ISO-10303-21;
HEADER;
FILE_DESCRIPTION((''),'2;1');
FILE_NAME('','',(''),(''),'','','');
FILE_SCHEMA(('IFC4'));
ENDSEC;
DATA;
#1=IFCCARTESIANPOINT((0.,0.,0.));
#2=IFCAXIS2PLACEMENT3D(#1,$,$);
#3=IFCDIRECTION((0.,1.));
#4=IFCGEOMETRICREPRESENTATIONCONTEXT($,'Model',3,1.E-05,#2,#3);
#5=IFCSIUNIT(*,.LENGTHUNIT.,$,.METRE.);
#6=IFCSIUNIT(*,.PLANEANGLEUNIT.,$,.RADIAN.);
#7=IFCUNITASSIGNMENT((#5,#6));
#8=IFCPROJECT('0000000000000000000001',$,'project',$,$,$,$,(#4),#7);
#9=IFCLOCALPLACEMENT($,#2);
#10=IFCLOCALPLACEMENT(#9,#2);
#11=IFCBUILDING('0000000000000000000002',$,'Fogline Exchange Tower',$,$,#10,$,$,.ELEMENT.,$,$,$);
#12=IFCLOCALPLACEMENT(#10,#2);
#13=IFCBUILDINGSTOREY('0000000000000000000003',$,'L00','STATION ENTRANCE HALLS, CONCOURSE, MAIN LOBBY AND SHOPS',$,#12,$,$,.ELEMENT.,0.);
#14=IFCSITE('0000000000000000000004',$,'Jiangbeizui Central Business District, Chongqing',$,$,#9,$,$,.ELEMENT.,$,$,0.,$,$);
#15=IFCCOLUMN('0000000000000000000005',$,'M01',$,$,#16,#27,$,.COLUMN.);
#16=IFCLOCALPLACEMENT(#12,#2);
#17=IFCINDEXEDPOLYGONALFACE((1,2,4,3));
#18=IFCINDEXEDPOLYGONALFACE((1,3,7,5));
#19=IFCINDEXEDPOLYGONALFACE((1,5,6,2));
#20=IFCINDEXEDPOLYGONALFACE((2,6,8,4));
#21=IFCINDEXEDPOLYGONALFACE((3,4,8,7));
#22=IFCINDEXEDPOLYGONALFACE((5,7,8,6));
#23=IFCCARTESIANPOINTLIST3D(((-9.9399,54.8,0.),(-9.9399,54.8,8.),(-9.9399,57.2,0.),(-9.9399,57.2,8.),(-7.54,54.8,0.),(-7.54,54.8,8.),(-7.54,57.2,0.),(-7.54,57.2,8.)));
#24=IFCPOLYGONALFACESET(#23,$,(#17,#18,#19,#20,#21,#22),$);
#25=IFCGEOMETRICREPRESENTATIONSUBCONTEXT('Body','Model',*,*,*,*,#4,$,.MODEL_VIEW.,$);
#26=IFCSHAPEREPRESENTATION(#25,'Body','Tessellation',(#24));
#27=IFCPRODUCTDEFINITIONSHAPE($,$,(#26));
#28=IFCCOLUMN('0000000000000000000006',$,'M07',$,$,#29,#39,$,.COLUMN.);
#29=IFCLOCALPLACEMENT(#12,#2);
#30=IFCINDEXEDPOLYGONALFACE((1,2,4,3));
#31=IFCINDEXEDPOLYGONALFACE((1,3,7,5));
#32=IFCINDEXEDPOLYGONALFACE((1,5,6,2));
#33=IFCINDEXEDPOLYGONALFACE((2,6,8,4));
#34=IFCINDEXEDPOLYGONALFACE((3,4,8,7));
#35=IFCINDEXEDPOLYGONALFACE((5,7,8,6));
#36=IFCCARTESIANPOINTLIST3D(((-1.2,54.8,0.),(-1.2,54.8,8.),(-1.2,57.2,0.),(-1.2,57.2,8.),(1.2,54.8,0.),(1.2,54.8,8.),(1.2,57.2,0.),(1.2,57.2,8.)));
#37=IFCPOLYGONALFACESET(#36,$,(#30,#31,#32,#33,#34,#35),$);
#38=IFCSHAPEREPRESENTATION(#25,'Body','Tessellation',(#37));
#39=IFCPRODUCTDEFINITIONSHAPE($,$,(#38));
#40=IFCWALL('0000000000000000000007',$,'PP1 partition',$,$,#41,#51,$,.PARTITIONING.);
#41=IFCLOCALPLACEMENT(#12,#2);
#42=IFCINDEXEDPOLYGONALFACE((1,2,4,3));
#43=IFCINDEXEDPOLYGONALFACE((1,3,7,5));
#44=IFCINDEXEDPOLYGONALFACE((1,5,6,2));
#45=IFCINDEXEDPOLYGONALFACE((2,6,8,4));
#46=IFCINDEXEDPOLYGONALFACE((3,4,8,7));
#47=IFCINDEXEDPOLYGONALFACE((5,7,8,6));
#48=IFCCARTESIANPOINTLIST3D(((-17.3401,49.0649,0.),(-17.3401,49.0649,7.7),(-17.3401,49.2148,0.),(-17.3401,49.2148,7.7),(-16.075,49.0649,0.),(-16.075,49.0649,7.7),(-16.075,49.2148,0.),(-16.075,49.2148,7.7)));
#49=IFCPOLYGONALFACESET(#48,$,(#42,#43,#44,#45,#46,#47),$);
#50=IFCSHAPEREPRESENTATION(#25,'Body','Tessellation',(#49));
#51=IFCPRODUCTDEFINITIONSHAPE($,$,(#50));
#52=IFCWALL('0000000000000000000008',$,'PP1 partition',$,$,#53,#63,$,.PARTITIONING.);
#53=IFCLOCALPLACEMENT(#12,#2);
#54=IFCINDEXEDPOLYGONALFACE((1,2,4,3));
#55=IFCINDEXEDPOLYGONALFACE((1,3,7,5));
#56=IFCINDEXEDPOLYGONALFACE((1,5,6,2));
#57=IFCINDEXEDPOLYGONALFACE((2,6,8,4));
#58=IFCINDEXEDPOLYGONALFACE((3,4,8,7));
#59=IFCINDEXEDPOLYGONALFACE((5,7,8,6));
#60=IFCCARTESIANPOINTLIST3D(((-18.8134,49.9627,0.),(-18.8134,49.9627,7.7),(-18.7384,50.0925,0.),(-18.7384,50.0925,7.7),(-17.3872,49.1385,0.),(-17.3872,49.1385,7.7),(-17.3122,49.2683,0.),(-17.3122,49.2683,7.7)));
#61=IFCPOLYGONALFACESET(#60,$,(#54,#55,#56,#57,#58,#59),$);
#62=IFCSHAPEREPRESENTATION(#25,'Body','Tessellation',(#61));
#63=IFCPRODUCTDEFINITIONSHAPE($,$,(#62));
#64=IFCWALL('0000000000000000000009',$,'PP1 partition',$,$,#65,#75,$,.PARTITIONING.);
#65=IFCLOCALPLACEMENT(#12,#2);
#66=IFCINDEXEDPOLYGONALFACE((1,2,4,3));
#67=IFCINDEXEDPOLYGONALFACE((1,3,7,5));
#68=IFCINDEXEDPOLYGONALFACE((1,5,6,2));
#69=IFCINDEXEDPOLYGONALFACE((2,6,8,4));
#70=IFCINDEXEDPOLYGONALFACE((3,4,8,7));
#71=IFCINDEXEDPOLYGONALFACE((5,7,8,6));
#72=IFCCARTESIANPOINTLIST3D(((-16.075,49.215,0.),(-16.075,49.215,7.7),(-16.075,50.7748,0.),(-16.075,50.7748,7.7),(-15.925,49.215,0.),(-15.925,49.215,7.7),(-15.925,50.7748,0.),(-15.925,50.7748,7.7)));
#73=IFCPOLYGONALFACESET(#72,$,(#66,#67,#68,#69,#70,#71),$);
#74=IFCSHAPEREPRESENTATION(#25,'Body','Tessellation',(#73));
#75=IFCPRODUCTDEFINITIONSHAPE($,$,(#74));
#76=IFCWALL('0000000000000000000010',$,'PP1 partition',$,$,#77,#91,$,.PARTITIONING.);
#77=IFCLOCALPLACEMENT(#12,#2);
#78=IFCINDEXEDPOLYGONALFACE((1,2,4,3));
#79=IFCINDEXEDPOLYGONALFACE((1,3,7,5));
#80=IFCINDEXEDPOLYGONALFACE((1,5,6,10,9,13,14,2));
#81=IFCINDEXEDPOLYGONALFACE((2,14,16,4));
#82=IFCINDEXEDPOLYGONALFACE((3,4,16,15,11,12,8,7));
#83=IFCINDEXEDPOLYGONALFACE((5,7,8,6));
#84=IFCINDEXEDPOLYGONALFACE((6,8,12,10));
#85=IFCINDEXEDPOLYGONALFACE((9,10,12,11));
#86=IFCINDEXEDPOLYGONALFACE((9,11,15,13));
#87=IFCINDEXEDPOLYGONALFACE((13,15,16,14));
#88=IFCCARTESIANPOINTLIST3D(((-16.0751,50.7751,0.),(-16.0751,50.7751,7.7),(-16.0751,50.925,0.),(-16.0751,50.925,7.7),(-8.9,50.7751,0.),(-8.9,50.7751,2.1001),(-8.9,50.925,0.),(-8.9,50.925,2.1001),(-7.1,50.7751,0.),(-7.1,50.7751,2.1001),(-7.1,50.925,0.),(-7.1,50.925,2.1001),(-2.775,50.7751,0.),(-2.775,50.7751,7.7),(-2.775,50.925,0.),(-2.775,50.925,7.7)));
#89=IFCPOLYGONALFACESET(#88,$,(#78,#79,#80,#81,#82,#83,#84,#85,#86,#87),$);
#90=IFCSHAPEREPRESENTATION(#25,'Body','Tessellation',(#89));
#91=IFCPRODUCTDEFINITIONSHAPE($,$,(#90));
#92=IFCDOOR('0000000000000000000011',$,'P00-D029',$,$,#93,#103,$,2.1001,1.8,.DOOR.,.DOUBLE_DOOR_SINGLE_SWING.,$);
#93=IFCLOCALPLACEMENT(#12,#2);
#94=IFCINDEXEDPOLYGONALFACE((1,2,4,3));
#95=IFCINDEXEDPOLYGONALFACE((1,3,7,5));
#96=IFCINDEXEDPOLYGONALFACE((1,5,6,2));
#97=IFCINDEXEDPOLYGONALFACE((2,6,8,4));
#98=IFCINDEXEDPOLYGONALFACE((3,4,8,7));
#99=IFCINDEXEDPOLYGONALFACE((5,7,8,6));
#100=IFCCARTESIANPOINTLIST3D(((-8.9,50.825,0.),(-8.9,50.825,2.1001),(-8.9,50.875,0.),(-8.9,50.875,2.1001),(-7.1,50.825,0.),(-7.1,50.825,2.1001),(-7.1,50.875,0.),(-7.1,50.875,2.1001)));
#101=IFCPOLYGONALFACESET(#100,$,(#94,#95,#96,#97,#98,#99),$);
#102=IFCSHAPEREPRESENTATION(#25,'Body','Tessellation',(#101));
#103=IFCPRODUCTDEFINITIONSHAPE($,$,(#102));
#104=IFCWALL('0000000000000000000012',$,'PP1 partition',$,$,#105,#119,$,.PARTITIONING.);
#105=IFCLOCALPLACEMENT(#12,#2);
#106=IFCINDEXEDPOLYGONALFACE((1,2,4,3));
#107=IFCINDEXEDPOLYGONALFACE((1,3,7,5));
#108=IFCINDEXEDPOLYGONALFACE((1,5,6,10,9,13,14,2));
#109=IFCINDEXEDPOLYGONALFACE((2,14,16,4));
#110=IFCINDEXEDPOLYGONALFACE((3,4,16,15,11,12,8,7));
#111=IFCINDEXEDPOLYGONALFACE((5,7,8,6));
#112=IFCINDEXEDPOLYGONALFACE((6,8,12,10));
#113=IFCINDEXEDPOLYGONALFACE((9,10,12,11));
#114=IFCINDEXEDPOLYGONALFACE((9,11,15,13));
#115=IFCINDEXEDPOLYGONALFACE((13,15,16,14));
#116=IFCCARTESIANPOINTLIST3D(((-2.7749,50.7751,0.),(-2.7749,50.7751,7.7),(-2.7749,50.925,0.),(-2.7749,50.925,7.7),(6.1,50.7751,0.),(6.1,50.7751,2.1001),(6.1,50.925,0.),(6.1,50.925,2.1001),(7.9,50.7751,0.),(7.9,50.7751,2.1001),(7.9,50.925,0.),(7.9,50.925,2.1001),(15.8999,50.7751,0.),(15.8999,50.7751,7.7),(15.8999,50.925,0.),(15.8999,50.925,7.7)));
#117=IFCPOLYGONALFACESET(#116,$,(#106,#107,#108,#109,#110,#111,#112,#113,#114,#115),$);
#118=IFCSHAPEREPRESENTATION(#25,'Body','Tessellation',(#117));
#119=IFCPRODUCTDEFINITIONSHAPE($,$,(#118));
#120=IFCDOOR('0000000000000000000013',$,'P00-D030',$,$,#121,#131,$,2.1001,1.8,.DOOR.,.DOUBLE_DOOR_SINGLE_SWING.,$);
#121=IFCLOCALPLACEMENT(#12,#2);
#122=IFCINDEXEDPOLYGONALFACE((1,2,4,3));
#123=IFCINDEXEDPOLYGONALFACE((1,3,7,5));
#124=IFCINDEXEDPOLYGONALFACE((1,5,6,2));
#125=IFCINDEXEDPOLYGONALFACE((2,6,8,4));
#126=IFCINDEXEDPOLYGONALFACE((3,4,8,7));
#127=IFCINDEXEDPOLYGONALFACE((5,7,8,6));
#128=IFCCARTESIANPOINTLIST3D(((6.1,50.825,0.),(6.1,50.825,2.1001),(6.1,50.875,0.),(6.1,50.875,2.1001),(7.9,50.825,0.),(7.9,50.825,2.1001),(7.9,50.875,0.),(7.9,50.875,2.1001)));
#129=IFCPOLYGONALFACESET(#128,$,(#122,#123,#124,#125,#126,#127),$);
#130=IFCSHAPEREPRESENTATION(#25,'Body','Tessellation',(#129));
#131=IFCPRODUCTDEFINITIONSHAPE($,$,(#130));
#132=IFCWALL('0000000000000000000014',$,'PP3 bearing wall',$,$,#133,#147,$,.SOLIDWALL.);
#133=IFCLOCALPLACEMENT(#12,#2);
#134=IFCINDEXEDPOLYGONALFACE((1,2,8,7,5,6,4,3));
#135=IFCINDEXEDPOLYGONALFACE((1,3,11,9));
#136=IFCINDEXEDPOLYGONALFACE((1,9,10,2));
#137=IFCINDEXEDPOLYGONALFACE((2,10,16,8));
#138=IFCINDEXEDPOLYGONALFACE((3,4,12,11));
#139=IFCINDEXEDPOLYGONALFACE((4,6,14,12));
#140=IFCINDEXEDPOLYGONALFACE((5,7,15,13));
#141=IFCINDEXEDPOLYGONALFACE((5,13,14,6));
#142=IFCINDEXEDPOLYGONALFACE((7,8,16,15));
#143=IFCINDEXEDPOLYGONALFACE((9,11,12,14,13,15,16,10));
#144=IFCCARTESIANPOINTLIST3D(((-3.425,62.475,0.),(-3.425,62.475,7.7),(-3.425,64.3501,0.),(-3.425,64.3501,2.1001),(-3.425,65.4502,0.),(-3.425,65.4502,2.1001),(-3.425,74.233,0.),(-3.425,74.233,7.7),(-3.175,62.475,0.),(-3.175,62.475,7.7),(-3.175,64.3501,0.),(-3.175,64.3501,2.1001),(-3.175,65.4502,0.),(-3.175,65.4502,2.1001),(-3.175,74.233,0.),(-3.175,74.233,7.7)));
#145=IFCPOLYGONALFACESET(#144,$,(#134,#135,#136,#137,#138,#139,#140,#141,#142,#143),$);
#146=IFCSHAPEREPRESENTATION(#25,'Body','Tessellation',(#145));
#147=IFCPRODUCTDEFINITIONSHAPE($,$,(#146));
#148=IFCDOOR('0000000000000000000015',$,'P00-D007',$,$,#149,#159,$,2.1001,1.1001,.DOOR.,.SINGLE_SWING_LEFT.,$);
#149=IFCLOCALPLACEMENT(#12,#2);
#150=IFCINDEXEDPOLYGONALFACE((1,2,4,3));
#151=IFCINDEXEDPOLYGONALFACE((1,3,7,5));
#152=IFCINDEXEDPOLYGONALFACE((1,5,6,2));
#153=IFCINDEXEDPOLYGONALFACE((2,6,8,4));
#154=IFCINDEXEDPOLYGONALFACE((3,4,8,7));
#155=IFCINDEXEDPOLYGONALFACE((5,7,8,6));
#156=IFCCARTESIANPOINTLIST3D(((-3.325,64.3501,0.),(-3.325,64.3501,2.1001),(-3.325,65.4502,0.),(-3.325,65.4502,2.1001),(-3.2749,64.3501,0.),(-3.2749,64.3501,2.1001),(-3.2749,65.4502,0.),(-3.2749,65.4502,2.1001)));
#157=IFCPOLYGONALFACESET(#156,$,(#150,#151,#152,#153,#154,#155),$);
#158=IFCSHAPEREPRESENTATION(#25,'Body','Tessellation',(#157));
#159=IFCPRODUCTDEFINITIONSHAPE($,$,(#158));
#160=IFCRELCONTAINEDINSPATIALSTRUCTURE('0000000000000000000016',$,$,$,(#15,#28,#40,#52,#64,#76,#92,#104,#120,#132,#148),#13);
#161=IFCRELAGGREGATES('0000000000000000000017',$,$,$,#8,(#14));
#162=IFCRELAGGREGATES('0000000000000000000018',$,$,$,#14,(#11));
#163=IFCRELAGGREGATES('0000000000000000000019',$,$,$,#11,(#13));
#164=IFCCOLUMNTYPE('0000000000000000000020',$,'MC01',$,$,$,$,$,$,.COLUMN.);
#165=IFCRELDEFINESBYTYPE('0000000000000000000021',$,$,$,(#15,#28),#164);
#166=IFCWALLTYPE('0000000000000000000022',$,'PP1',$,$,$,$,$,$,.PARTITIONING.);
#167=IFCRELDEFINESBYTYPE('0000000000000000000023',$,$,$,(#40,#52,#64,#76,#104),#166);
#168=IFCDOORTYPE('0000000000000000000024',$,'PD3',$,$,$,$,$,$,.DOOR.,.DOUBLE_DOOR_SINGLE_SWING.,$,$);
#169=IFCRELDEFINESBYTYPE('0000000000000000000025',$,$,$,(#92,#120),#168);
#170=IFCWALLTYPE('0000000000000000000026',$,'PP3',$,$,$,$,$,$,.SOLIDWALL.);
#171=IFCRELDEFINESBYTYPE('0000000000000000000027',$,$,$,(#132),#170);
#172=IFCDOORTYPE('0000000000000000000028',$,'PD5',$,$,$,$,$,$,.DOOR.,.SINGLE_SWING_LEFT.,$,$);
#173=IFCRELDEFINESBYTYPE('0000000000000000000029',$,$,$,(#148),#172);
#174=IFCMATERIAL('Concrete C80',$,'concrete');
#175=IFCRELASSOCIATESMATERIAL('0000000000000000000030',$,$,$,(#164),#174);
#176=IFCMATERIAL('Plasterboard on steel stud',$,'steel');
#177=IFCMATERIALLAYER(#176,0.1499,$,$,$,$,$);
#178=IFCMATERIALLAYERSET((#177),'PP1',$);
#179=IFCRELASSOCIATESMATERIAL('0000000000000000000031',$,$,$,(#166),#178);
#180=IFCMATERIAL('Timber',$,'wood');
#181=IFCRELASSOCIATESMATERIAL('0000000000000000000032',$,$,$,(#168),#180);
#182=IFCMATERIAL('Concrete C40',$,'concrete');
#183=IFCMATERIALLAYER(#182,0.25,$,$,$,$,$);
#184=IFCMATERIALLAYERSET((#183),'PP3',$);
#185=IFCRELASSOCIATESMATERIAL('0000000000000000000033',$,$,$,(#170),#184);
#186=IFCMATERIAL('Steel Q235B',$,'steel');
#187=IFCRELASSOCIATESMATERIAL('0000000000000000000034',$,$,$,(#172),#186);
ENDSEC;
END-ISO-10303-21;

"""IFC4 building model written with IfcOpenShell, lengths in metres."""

from ifc_helpers import new_model, si_unit, direction, frame, frame_2d, origin, origin_2d, place, context, subcontext, project, spatial, rectangle, extrude, material, layer, layer_set, material_profile, profile_set, type_object, element, fill, save


model = new_model("IFC4")

# Units and contexts
model_context = context("Model", 3, precision=1e-05, world=origin(), true_north=direction((0.0, 1.0)))
body_context = subcontext(model_context, "Body", "Model", "MODEL_VIEW")
ifc_project = project(units=[si_unit("LENGTHUNIT", "METRE"), si_unit("PLANEANGLEUNIT", "RADIAN")], contexts=[model_context])

# Site, building, storey
site_placement = place(None, origin())
site = spatial("IfcSite", under=ifc_project, at=site_placement, Name="Jiangbeizui Central Business District, Chongqing", CompositionType="ELEMENT", RefElevation=0.0)
building_placement = place(site_placement, origin())
building = spatial("IfcBuilding", under=site, at=building_placement, Name="Fogline Exchange Tower", CompositionType="ELEMENT")
storey_placement = place(building_placement, origin())
storey = spatial("IfcBuildingStorey", under=building, at=storey_placement, Name="L00", Description="STATION ENTRANCE HALLS, CONCOURSE, MAIN LOBBY AND SHOPS", CompositionType="ELEMENT", Elevation=0.0)

# Columns
ifc_material_1 = material(Name="Concrete C80", Category="concrete")
ifc_material_profile = material_profile(ifc_material_1, rectangle(XDim=2.3999, YDim=2.3999, at=origin_2d()), Name="RC 2400x2400")
ifc_profile_set = profile_set([ifc_material_profile], Name="Concrete C80")
column_type = type_object("IfcColumnType", Name="MC01", PredefinedType="COLUMN", material=ifc_profile_set)
for number, where, z_axis, x_axis, name in (
    (1, (-8.74, 56.0, 0.0), (0.0, 0.0, 1.0), (1.0, 0.0, 0.0), "M01"),
    (2, (0.0, 56.0, 0.0), (0.0, 0.0, 1.0), (1.0, 0.0, 0.0), "M07"),
):
    element("IfcColumn", number, at=place(storey_placement, frame(where, z_axis=z_axis, x_axis=x_axis)), inside=storey, type_object=column_type, Name=name, PredefinedType="COLUMN", context=body_context, shape_type="SweptSolid", body=[
        extrude(rectangle(XDim=2.3999, YDim=2.3999, at=origin_2d()), origin(), (0.0, 0.0, 1.0), 8.0),
    ])

# Walls
ifc_material_2 = material(Name="Plasterboard on steel stud", Category="steel")
ifc_layer_1 = layer(ifc_material_2, 0.1499)
ifc_layer_set_1 = layer_set([ifc_layer_1], Name="PP1")
wall_type_1 = type_object("IfcWallType", Name="PP1", PredefinedType="PARTITIONING", material=ifc_layer_set_1)
wall_1_placement = place(storey_placement, frame((-16.075, 49.1399, 0.0), z_axis=(0.0, 0.0, 1.0), x_axis=(-1.0, 0.0, 0.0)))
element("IfcWall", 3, at=wall_1_placement, inside=storey, type_object=wall_type_1, Name="PP1 partition", PredefinedType="PARTITIONING", context=body_context, shape_type="SweptSolid", body=[
    extrude(rectangle(XDim=1.2651, YDim=0.1499, at=frame_2d((0.6326, 0.0))), origin(), (0.0, 0.0, 1.0), 7.7),
])
wall_2_placement = place(storey_placement, frame((-17.3496, 49.2034, 0.0), z_axis=(0.0, 0.0, 1.0), x_axis=(-0.865825, 0.500347, 0.0)))
element("IfcWall", 4, at=wall_2_placement, inside=storey, type_object=wall_type_1, Name="PP1 partition", PredefinedType="PARTITIONING", context=body_context, shape_type="SweptSolid", body=[
    extrude(rectangle(XDim=1.6472, YDim=0.1499, at=frame_2d((0.8237, 0.0))), origin(), (0.0, 0.0, 1.0), 7.7),
])
wall_3_placement = place(storey_placement, frame((-16.0, 49.2151, 0.0), z_axis=(0.0, 0.0, 1.0), x_axis=(0.0, 1.0, 0.0)))
element("IfcWall", 5, at=wall_3_placement, inside=storey, type_object=wall_type_1, Name="PP1 partition", PredefinedType="PARTITIONING", context=body_context, shape_type="SweptSolid", body=[
    extrude(rectangle(XDim=1.5598, YDim=0.1499, at=frame_2d((0.7798, 0.0))), origin(), (0.0, 0.0, 1.0), 7.7),
])

# Walls, openings, doors
wall_4_placement = place(storey_placement, frame((-16.075, 50.8501, 0.0), z_axis=(0.0, 0.0, 1.0), x_axis=(1.0, 0.0, 0.0)))
wall_4 = element("IfcWall", 6, at=wall_4_placement, inside=storey, type_object=wall_type_1, Name="PP1 partition", PredefinedType="PARTITIONING", context=body_context, shape_type="SweptSolid", body=[
    extrude(rectangle(XDim=13.3, YDim=0.1499, at=frame_2d((6.6499, 0.0))), origin(), (0.0, 0.0, 1.0), 7.7),
])
opening_1_placement = place(wall_4_placement, frame((7.175, 0.0, 0.0)))
opening_1 = element("IfcOpeningElement", 7, at=opening_1_placement, cuts=wall_4, PredefinedType="OPENING", context=body_context, shape_type="SweptSolid", body=[
    extrude(rectangle(XDim=1.8, YDim=2.1001, at=frame_2d((0.8999, 1.05))), frame((0.0, 0.085, 0.0), z_axis=(0.0, -1.0, 0.0), x_axis=(1.0, 0.0, 0.0)), (0.0, 0.0, 1.0), 0.1699),
])
ifc_material_3 = material(Name="Timber", Category="wood")
door_type_1 = type_object("IfcDoorType", Name="PD3", OperationType="DOUBLE_DOOR_SINGLE_SWING", PredefinedType="DOOR", material=ifc_material_3)
door_1_placement = place(opening_1_placement, origin())
door_1 = element("IfcDoor", 8, at=door_1_placement, inside=storey, type_object=door_type_1, Name="P00-D029", OperationType="DOUBLE_DOOR_SINGLE_SWING", OverallHeight=2.1001, OverallWidth=1.8, PredefinedType="DOOR", context=body_context, shape_type="SweptSolid", body=[
    extrude(rectangle(XDim=1.8, YDim=2.1001, at=frame_2d((0.8999, 1.05))), frame((0.0, 0.0249, 0.0), z_axis=(0.0, -1.0, 0.0), x_axis=(1.0, 0.0, 0.0)), (0.0, 0.0, 1.0), 0.05),
])
fill(opening_1, door_1)
wall_5_placement = place(storey_placement, frame((-2.7749, 50.8501, 0.0), z_axis=(0.0, 0.0, 1.0), x_axis=(1.0, 0.0, 0.0)))
wall_5 = element("IfcWall", 9, at=wall_5_placement, inside=storey, type_object=wall_type_1, Name="PP1 partition", PredefinedType="PARTITIONING", context=body_context, shape_type="SweptSolid", body=[
    extrude(rectangle(XDim=18.6748, YDim=0.1499, at=frame_2d((9.3374, 0.0))), origin(), (0.0, 0.0, 1.0), 7.7),
])
opening_2_placement = place(wall_5_placement, frame((8.875, 0.0, 0.0)))
opening_2 = element("IfcOpeningElement", 10, at=opening_2_placement, cuts=wall_5, PredefinedType="OPENING", context=body_context, shape_type="SweptSolid", body=[
    extrude(rectangle(XDim=1.8, YDim=2.1001, at=frame_2d((0.8999, 1.05))), frame((0.0, 0.085, 0.0), z_axis=(0.0, -1.0, 0.0), x_axis=(1.0, 0.0, 0.0)), (0.0, 0.0, 1.0), 0.1699),
])
door_2_placement = place(opening_2_placement, origin())
door_2 = element("IfcDoor", 11, at=door_2_placement, inside=storey, type_object=door_type_1, Name="P00-D030", OperationType="DOUBLE_DOOR_SINGLE_SWING", OverallHeight=2.1001, OverallWidth=1.8, PredefinedType="DOOR", context=body_context, shape_type="SweptSolid", body=[
    extrude(rectangle(XDim=1.8, YDim=2.1001, at=frame_2d((0.8999, 1.05))), frame((0.0, 0.0249, 0.0), z_axis=(0.0, -1.0, 0.0), x_axis=(1.0, 0.0, 0.0)), (0.0, 0.0, 1.0), 0.05),
])
fill(opening_2, door_2)
ifc_material_4 = material(Name="Concrete C40", Category="concrete")
ifc_layer_2 = layer(ifc_material_4, 0.25)
ifc_layer_set_2 = layer_set([ifc_layer_2], Name="PP3")
wall_type_2 = type_object("IfcWallType", Name="PP3", PredefinedType="SOLIDWALL", material=ifc_layer_set_2)
wall_6_placement = place(storey_placement, frame((-3.3, 62.4751, 0.0), z_axis=(0.0, 0.0, 1.0), x_axis=(0.0, 1.0, 0.0)))
wall_6 = element("IfcWall", 12, at=wall_6_placement, inside=storey, type_object=wall_type_2, Name="PP3 bearing wall", PredefinedType="SOLIDWALL", context=body_context, shape_type="SweptSolid", body=[
    extrude(rectangle(XDim=11.7581, YDim=0.25, at=frame_2d((5.8789, 0.0))), origin(), (0.0, 0.0, 1.0), 7.7),
])
opening_3_placement = place(wall_6_placement, frame((1.875, 0.0, 0.0)))
opening_3 = element("IfcOpeningElement", 13, at=opening_3_placement, cuts=wall_6, PredefinedType="OPENING", context=body_context, shape_type="SweptSolid", body=[
    extrude(rectangle(XDim=1.1001, YDim=2.1001, at=frame_2d((0.55, 1.05))), frame((0.0, 0.135, 0.0), z_axis=(0.0, -1.0, 0.0), x_axis=(1.0, 0.0, 0.0)), (0.0, 0.0, 1.0), 0.27),
])
ifc_material_5 = material(Name="Steel Q235B", Category="steel")
door_type_2 = type_object("IfcDoorType", Name="PD5", OperationType="SINGLE_SWING_LEFT", PredefinedType="DOOR", material=ifc_material_5)
door_3_placement = place(opening_3_placement, origin())
door_3 = element("IfcDoor", 14, at=door_3_placement, inside=storey, type_object=door_type_2, Name="P00-D007", OperationType="SINGLE_SWING_LEFT", OverallHeight=2.1001, OverallWidth=1.1001, PredefinedType="DOOR", context=body_context, shape_type="SweptSolid", body=[
    extrude(rectangle(XDim=1.1001, YDim=2.1001, at=frame_2d((0.55, 1.05))), frame((0.0, 0.0249, 0.0), z_axis=(0.0, -1.0, 0.0), x_axis=(1.0, 0.0, 0.0)), (0.0, 0.0, 1.0), 0.05),
])
fill(opening_3, door_3)

save(model, "model.ifc")
